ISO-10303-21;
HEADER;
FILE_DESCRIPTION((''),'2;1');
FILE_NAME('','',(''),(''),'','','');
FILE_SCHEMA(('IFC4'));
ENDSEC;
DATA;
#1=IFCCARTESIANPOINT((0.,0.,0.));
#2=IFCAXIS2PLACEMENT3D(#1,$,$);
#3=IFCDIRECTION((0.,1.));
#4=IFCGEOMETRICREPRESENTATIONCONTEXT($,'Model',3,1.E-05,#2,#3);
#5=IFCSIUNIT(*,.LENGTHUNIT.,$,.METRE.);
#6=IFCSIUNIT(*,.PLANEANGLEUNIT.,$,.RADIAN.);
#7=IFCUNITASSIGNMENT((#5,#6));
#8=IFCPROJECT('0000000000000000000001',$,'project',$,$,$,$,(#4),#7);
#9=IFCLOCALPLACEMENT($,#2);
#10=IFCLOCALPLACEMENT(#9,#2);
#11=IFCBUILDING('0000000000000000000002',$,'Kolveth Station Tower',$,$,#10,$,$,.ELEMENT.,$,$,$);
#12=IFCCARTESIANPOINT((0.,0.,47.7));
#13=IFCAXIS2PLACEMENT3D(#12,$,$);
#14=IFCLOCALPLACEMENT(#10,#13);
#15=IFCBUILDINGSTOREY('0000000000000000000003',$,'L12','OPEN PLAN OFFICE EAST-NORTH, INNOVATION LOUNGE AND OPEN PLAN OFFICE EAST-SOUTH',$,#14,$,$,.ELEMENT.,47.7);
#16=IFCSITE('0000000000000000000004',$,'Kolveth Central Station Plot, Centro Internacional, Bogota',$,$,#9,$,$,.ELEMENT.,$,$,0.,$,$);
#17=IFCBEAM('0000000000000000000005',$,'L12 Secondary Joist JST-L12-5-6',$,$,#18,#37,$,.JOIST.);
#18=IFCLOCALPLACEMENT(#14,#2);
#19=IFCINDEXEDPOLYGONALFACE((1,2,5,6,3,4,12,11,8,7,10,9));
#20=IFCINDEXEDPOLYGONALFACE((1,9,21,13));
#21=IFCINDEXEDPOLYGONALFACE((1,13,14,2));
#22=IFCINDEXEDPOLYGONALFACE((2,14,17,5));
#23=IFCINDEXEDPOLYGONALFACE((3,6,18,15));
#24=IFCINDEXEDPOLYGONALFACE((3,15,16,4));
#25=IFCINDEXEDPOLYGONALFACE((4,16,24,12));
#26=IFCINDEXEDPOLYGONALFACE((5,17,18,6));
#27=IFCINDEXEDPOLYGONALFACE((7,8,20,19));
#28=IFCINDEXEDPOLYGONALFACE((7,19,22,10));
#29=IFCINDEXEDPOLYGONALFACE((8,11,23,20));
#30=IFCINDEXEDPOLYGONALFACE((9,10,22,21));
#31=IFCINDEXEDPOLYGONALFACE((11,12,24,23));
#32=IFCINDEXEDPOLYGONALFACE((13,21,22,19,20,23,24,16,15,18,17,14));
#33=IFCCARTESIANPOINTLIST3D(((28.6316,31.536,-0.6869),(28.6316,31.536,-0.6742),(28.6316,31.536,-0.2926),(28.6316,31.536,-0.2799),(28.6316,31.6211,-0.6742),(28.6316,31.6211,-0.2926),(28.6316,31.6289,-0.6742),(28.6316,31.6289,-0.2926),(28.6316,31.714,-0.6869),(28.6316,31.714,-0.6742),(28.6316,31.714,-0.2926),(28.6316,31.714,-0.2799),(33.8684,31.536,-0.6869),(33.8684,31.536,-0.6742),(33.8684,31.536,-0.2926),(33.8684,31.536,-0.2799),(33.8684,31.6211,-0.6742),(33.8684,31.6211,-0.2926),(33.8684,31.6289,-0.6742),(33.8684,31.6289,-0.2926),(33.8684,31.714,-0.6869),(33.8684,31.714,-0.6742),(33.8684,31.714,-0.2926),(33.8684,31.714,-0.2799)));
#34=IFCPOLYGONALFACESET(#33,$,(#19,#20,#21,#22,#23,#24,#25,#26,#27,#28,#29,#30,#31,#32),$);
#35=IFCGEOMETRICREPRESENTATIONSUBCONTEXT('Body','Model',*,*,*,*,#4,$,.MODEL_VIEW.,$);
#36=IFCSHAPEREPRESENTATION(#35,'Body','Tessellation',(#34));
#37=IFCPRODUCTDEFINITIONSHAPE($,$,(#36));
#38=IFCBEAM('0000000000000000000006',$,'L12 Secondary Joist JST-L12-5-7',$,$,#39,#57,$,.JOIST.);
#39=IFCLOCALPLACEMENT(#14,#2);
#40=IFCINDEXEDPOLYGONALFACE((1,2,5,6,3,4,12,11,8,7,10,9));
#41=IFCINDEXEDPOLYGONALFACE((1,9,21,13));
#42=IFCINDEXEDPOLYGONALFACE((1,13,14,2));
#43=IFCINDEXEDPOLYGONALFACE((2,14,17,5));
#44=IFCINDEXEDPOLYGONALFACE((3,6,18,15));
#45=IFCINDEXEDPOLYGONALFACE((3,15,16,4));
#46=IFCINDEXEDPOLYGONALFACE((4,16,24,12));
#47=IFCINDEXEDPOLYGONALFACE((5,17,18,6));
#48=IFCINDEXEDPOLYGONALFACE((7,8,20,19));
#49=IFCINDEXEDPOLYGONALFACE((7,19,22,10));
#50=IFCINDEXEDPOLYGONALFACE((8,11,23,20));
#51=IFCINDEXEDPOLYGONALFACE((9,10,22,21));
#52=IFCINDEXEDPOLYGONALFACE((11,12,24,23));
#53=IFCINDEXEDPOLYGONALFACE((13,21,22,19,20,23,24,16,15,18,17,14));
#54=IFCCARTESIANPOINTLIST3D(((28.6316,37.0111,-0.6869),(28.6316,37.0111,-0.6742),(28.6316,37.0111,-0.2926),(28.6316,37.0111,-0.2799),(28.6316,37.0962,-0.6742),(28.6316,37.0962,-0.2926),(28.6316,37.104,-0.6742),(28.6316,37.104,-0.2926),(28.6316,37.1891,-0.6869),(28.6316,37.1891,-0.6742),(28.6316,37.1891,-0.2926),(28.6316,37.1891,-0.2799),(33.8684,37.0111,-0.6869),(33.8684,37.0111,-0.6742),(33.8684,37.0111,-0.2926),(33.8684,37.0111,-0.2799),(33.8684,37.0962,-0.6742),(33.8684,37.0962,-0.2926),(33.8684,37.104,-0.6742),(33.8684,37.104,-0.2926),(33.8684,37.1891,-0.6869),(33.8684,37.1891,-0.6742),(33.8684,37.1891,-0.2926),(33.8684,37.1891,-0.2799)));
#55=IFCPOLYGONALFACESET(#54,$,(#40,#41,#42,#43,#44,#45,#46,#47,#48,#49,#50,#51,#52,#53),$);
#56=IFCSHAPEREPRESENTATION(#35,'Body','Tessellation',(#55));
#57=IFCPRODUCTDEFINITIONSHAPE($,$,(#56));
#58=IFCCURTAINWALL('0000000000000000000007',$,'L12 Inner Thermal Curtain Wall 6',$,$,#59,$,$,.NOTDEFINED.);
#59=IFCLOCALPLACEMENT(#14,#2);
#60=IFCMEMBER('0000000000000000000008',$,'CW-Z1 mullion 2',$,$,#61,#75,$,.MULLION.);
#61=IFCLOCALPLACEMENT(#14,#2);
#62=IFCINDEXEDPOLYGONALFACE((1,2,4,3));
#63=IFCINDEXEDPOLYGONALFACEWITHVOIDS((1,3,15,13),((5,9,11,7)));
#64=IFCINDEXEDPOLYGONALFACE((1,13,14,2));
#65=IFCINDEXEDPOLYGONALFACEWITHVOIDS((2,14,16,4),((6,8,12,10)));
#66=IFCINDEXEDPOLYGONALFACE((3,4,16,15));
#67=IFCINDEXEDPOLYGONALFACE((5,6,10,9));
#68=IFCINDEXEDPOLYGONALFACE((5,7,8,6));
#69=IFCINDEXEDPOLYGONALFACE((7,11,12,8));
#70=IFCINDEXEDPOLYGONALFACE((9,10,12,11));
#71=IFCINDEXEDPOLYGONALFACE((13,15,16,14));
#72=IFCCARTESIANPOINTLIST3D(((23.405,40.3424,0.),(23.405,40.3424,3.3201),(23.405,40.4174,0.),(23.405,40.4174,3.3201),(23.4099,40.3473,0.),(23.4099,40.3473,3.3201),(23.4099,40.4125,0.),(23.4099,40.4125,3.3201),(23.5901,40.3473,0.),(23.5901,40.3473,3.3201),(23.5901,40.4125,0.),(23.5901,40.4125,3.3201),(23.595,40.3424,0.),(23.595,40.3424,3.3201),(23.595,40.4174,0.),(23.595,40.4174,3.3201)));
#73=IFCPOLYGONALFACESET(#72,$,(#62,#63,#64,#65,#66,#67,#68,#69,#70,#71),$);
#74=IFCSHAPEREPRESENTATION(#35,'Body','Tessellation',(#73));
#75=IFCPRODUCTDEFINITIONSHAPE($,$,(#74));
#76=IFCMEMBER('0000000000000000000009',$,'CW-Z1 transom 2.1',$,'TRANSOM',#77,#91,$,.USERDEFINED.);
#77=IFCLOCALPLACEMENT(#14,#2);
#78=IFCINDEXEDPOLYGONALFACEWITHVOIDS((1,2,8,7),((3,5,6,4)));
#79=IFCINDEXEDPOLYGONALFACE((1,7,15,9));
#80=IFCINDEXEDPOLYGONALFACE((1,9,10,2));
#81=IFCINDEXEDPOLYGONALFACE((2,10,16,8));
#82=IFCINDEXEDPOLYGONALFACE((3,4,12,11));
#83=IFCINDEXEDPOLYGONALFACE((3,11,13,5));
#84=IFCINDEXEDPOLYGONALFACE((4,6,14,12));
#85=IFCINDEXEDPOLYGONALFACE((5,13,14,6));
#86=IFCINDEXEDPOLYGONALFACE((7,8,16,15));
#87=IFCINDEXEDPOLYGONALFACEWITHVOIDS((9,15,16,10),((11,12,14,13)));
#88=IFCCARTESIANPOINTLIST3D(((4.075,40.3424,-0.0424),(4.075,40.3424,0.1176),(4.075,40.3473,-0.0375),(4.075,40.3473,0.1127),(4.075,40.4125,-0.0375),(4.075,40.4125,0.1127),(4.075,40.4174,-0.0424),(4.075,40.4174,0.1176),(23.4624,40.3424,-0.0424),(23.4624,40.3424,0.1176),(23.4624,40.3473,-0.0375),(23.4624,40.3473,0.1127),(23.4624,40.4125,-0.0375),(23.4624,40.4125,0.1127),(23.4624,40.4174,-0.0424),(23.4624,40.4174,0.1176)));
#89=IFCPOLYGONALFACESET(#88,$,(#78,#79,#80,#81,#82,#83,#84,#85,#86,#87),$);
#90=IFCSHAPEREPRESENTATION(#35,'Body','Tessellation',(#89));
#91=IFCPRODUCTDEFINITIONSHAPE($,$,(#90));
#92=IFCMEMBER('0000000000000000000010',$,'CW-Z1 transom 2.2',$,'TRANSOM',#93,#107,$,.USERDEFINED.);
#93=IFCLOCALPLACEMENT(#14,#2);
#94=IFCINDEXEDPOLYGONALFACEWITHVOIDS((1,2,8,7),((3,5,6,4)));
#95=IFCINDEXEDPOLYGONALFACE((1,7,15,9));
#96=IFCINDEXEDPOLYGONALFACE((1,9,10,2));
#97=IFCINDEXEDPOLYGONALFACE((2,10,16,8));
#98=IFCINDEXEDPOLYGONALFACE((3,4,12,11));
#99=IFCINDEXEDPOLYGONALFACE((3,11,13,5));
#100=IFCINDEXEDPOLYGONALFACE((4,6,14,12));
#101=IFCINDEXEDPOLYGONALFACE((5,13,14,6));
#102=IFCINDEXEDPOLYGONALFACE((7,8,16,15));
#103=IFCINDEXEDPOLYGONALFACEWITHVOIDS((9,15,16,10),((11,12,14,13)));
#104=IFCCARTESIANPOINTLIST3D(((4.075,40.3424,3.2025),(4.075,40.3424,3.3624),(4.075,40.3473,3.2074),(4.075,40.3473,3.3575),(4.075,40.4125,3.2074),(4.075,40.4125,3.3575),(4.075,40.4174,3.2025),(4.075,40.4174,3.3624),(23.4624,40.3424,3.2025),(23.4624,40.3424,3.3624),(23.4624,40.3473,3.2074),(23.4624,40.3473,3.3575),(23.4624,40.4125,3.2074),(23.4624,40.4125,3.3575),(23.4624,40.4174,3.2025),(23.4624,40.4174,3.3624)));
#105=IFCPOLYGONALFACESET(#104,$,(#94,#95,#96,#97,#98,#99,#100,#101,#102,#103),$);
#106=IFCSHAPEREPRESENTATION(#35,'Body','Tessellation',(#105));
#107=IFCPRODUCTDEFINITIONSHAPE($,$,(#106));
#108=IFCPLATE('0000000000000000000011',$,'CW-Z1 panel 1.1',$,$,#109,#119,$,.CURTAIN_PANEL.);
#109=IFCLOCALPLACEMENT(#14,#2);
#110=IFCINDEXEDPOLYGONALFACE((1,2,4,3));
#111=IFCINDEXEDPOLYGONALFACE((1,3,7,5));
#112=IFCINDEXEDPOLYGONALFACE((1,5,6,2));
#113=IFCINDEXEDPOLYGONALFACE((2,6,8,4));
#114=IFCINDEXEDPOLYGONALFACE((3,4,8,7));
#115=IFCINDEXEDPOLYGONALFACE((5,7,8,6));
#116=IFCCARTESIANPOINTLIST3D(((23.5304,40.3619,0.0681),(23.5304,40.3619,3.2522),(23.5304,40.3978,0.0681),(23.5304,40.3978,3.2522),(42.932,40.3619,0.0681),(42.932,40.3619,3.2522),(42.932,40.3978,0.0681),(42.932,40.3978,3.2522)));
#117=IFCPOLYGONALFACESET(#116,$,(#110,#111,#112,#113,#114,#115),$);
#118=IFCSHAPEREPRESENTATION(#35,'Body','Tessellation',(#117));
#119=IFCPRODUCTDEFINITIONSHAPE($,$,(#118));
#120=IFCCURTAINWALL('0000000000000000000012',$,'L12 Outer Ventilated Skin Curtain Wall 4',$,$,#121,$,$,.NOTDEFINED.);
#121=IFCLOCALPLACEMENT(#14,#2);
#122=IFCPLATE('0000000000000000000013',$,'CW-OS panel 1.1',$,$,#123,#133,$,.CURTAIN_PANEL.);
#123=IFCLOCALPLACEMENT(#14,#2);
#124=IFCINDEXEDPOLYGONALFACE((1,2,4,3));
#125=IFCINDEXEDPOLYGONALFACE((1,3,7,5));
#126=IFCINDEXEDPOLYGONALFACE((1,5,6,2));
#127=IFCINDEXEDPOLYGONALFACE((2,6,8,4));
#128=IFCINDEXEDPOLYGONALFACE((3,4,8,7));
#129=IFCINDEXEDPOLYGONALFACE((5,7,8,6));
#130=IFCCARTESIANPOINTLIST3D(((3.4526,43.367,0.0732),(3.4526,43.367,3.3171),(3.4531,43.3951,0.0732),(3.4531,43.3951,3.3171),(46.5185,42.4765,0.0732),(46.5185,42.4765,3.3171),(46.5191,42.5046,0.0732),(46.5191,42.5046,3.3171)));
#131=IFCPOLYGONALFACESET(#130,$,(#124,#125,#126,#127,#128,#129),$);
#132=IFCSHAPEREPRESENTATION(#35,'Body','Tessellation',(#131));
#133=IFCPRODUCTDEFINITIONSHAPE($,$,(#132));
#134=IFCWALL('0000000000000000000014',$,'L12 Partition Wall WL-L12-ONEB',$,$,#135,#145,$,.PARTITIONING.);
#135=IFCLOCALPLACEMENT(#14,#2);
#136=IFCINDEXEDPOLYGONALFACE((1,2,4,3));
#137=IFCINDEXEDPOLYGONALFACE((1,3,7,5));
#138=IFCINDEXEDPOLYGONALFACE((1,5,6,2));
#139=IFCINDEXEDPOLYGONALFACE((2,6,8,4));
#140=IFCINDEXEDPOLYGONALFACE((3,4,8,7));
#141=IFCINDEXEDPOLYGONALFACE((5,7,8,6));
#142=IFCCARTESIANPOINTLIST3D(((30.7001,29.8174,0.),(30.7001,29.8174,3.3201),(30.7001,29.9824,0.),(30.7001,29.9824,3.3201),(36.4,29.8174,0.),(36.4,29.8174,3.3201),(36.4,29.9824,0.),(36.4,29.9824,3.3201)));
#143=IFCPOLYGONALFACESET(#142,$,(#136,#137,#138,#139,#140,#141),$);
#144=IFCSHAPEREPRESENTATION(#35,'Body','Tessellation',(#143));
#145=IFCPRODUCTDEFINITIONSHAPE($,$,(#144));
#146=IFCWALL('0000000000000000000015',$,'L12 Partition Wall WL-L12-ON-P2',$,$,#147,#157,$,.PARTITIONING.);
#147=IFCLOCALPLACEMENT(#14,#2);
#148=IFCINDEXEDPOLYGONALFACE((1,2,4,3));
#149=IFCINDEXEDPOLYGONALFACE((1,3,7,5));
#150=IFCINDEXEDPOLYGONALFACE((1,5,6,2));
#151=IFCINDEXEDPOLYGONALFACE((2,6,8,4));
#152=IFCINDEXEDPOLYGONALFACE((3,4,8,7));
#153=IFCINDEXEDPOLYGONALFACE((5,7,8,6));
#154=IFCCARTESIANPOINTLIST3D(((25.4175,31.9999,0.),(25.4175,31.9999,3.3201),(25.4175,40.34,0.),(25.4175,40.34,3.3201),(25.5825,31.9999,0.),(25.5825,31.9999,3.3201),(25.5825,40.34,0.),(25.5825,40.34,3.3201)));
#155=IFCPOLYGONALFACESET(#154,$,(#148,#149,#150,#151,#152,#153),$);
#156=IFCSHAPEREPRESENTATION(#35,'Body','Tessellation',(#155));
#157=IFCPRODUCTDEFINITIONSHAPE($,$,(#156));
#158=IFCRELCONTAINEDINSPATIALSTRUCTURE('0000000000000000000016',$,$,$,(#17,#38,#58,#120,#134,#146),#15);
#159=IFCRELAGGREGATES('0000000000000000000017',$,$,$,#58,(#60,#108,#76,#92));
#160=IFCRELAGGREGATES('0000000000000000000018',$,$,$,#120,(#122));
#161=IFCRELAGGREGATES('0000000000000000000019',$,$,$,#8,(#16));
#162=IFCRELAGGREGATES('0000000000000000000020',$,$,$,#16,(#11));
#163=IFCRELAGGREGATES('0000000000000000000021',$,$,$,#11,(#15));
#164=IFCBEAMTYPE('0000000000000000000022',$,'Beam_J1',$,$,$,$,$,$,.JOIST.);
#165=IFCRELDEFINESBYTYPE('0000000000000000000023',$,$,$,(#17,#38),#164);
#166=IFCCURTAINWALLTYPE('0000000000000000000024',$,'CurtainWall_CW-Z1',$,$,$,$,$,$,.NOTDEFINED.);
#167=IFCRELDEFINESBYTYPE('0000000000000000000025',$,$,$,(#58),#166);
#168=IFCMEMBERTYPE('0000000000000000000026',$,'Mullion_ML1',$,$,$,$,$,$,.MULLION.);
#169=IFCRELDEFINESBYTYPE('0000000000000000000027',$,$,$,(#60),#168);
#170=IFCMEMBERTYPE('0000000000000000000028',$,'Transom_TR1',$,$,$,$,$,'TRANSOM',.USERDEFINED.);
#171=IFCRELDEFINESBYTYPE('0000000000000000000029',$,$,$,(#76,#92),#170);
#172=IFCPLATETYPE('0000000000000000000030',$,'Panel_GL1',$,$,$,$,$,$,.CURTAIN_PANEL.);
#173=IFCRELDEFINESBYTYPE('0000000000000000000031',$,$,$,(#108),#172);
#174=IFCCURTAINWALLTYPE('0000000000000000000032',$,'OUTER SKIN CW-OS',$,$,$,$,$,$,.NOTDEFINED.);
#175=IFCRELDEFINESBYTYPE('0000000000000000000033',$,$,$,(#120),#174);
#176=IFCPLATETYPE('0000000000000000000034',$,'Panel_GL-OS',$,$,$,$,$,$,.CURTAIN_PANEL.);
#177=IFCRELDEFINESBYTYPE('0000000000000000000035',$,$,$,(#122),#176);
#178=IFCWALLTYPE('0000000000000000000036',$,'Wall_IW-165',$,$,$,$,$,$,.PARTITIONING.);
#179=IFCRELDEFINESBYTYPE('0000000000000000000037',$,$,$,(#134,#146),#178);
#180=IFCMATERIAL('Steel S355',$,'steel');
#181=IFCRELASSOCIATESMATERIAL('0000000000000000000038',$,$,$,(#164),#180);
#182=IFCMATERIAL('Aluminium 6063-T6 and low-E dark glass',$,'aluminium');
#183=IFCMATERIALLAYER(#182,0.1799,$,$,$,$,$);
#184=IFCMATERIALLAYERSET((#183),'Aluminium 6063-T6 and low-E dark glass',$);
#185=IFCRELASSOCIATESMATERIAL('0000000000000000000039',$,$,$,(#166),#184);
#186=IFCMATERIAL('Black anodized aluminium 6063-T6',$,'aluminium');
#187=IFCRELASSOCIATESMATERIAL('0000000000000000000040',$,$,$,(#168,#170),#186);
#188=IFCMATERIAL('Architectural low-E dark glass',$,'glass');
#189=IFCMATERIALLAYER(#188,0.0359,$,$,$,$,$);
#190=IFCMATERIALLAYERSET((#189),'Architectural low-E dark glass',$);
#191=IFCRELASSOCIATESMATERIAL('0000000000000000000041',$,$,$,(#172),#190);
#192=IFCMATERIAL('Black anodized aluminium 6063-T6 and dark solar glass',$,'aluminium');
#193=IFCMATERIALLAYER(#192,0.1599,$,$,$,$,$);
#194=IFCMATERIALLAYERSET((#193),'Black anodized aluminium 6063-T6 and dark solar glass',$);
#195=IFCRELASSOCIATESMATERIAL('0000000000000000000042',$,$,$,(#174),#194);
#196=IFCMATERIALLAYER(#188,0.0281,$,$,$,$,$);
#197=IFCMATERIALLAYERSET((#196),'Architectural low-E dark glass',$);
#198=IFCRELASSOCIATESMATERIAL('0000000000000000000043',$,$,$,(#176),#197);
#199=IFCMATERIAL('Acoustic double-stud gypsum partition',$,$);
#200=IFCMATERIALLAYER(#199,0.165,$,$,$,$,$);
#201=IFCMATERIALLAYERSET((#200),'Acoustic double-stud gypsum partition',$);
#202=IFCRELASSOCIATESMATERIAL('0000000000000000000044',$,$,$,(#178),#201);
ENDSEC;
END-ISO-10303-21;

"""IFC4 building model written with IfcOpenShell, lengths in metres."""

from ifc_helpers import new_model, si_unit, direction, frame, frame_2d, origin, origin_2d, place, context, subcontext, project, spatial, rectangle, hollow_rectangle, i_section, extrude, source, transform, mapped, material, layer, layer_set, material_profile, profile_set, type_object, element, aggregate, save


model = new_model("IFC4")

# Units and contexts
model_context = context("Model", 3, precision=1e-05, world=origin(), true_north=direction((0.0, 1.0)))
body_context = subcontext(model_context, "Body", "Model", "MODEL_VIEW")
ifc_project = project(units=[si_unit("LENGTHUNIT", "METRE"), si_unit("PLANEANGLEUNIT", "RADIAN")], contexts=[model_context])

# Site, building, storey
site_placement = place(None, origin())
site = spatial("IfcSite", under=ifc_project, at=site_placement, Name="Kolveth Central Station Plot, Centro Internacional, Bogota", CompositionType="ELEMENT", RefElevation=0.0)
building_placement = place(site_placement, origin())
building = spatial("IfcBuilding", under=site, at=building_placement, Name="Kolveth Station Tower", CompositionType="ELEMENT")
storey_placement = place(building_placement, frame((0.0, 0.0, 47.7)))
storey = spatial("IfcBuildingStorey", under=building, at=storey_placement, Name="L12", Description="OPEN PLAN OFFICE EAST-NORTH, INNOVATION LOUNGE AND OPEN PLAN OFFICE EAST-SOUTH", CompositionType="ELEMENT", Elevation=47.7)

# Shared definitions
ifc_material_1 = material(Name="Steel S355", Category="steel")

# Beams
ifc_material_profile_1 = material_profile(ifc_material_1, i_section(OverallWidth=0.178, OverallDepth=0.407, WebThickness=0.0078, FlangeThickness=0.0127, at=origin_2d()), Name="W410x60")
ifc_profile_set_1 = profile_set([ifc_material_profile_1], Name="Steel S355")
beam_type_1 = type_object("IfcBeamType", Name="Beam_J1", PredefinedType="JOIST", material=ifc_profile_set_1)
shared_shape_1 = source(origin(), body_context, "Body", "SweptSolid", [
    extrude(i_section(OverallWidth=0.178, OverallDepth=0.407, WebThickness=0.0078, FlangeThickness=0.0127, at=origin_2d()), origin(), (0.0, 0.0, 1.0), 5.2368),
])
for number, where, z_axis, x_axis, name in (
    (1, (28.6316, 31.625, -0.4834), (1.0, 0.0, 0.0), (0.0, 1.0, 0.0), "L12 Secondary Joist JST-L12-5-6"),
    (2, (28.6316, 37.1001, -0.4834), (1.0, 0.0, 0.0), (0.0, 1.0, 0.0), "L12 Secondary Joist JST-L12-5-7"),
):
    element("IfcBeam", number, at=place(storey_placement, frame(where, z_axis=z_axis, x_axis=x_axis)), inside=storey, type_object=beam_type_1, Name=name, PredefinedType="JOIST", context=body_context, shape_type="MappedRepresentation", body=[
        mapped(shared_shape_1, transform((0.0, 0.0, 0.0), x_axis=(1.0, 0.0, 0.0), y_axis=(0.0, 1.0, 0.0), z_axis=(0.0, 0.0, 1.0), scale=1.0)),
    ])

# Curtain wall, members, plate
ifc_material_2 = material(Name="Aluminium 6063-T6 and low-E dark glass", Category="aluminium")
ifc_layer_1 = layer(ifc_material_2, 0.1799)
ifc_layer_set_1 = layer_set([ifc_layer_1], Name="Aluminium 6063-T6 and low-E dark glass")
curtain_wall_type_1 = type_object("IfcCurtainWallType", Name="CurtainWall_CW-Z1", PredefinedType="NOTDEFINED", material=ifc_layer_set_1)
curtain_wall_1_placement = place(storey_placement, origin())
curtain_wall_1 = element("IfcCurtainWall", 3, at=curtain_wall_1_placement, inside=storey, type_object=curtain_wall_type_1, Name="L12 Inner Thermal Curtain Wall 6", PredefinedType="NOTDEFINED")
ifc_material_3 = material(Name="Black anodized aluminium 6063-T6", Category="aluminium")
ifc_material_profile_2 = material_profile(ifc_material_3, hollow_rectangle(XDim=0.075, YDim=0.1899, WallThickness=0.0049, at=origin_2d()), Name="ALU-75x190x5")
ifc_profile_set_2 = profile_set([ifc_material_profile_2], Name="Black anodized aluminium 6063-T6")
member_type_1 = type_object("IfcMemberType", Name="Mullion_ML1", PredefinedType="MULLION", material=ifc_profile_set_2)
shared_shape_2 = source(origin(), body_context, "Body", "SweptSolid", [
    extrude(hollow_rectangle(XDim=0.075, YDim=0.1899, WallThickness=0.0049, at=origin_2d()), origin(), (0.0, 0.0, 1.0), 3.3201),
])
member_1_placement = place(storey_placement, frame((23.5, 40.3799, 0.0), z_axis=(0.0, 0.0, 1.0), x_axis=(0.0, -1.0, 0.0)))
member_1 = element("IfcMember", 4, at=member_1_placement, type_object=member_type_1, Name="CW-Z1 mullion 2", PredefinedType="MULLION", context=body_context, shape_type="MappedRepresentation", body=[
    mapped(shared_shape_2, transform((0.0, 0.0, 0.0), x_axis=(1.0, 0.0, 0.0), y_axis=(0.0, 1.0, 0.0), z_axis=(0.0, 0.0, 1.0), scale=1.0)),
])
ifc_material_profile_3 = material_profile(ifc_material_3, hollow_rectangle(XDim=0.075, YDim=0.1599, WallThickness=0.0049, at=origin_2d()), Name="ALU-75x160x5")
ifc_profile_set_3 = profile_set([ifc_material_profile_3], Name="Black anodized aluminium 6063-T6")
member_type_2 = type_object("IfcMemberType", Name="Transom_TR1", ElementType="TRANSOM", PredefinedType="USERDEFINED", material=ifc_profile_set_3)
shared_shape_3 = source(origin(), body_context, "Body", "SweptSolid", [
    extrude(hollow_rectangle(XDim=0.075, YDim=0.1599, WallThickness=0.0049, at=origin_2d()), origin(), (0.0, 0.0, 1.0), 19.3875),
])
member_2_placement = place(storey_placement, frame((23.4624, 40.3799, 0.0376), z_axis=(-1.0, 0.0, 0.0), x_axis=(0.0, -1.0, 0.0)))
member_2 = element("IfcMember", 5, at=member_2_placement, type_object=member_type_2, Name="CW-Z1 transom 2.1", ObjectType="TRANSOM", PredefinedType="USERDEFINED", context=body_context, shape_type="MappedRepresentation", body=[
    mapped(shared_shape_3, transform((0.0, 0.0, 0.0), x_axis=(1.0, 0.0, 0.0), y_axis=(0.0, 1.0, 0.0), z_axis=(0.0, 0.0, 1.0), scale=1.0)),
])
member_3_placement = place(storey_placement, frame((23.4624, 40.3799, 3.2825), z_axis=(-1.0, 0.0, 0.0), x_axis=(0.0, -1.0, 0.0)))
member_3 = element("IfcMember", 6, at=member_3_placement, type_object=member_type_2, Name="CW-Z1 transom 2.2", ObjectType="TRANSOM", PredefinedType="USERDEFINED", context=body_context, shape_type="MappedRepresentation", body=[
    mapped(shared_shape_3, transform((0.0, 0.0, 0.0), x_axis=(1.0, 0.0, 0.0), y_axis=(0.0, 1.0, 0.0), z_axis=(0.0, 0.0, 1.0), scale=1.0)),
])
ifc_material_4 = material(Name="Architectural low-E dark glass", Category="glass")
ifc_layer_2 = layer(ifc_material_4, 0.0359)
ifc_layer_set_2 = layer_set([ifc_layer_2], Name="Architectural low-E dark glass")
plate_type_1 = type_object("IfcPlateType", Name="Panel_GL1", PredefinedType="CURTAIN_PANEL", material=ifc_layer_set_2)
shared_shape_4 = source(origin(), body_context, "Body", "SweptSolid", [
    extrude(rectangle(XDim=19.4016, YDim=0.0359, at=origin_2d()), origin(), (0.0, 0.0, 1.0), 3.1841),
])
plate_1_placement = place(storey_placement, frame((33.2312, 40.3799, 0.0681), z_axis=(0.0, 0.0, 1.0), x_axis=(-1.0, 0.0, 0.0)))
plate_1 = element("IfcPlate", 7, at=plate_1_placement, type_object=plate_type_1, Name="CW-Z1 panel 1.1", PredefinedType="CURTAIN_PANEL", context=body_context, shape_type="MappedRepresentation", body=[
    mapped(shared_shape_4, transform((0.0, 0.0, 0.0), x_axis=(1.0, 0.0, 0.0), y_axis=(0.0, 1.0, 0.0), z_axis=(0.0, 0.0, 1.0), scale=1.0)),
])
aggregate(curtain_wall_1, [member_1, plate_1, member_2, member_3])

# Curtain wall, plate
ifc_material_5 = material(Name="Black anodized aluminium 6063-T6 and dark solar glass", Category="aluminium")
ifc_layer_3 = layer(ifc_material_5, 0.1599)
ifc_layer_set_3 = layer_set([ifc_layer_3], Name="Black anodized aluminium 6063-T6 and dark solar glass")
curtain_wall_type_2 = type_object("IfcCurtainWallType", Name="OUTER SKIN CW-OS", PredefinedType="NOTDEFINED", material=ifc_layer_set_3)
curtain_wall_2_placement = place(storey_placement, origin())
curtain_wall_2 = element("IfcCurtainWall", 8, at=curtain_wall_2_placement, inside=storey, type_object=curtain_wall_type_2, Name="L12 Outer Ventilated Skin Curtain Wall 4", PredefinedType="NOTDEFINED")
ifc_layer_4 = layer(ifc_material_4, 0.0281)
ifc_layer_set_4 = layer_set([ifc_layer_4], Name="Architectural low-E dark glass")
plate_type_2 = type_object("IfcPlateType", Name="Panel_GL-OS", PredefinedType="CURTAIN_PANEL", material=ifc_layer_set_4)
shared_shape_5 = source(origin(), body_context, "Body", "SweptSolid", [
    extrude(rectangle(XDim=43.0752, YDim=0.0281, at=origin_2d()), origin(), (0.0, 0.0, 1.0), 3.2439),
])
plate_2_placement = place(storey_placement, frame((24.9858, 42.9358, 0.0732), z_axis=(0.0, 0.0, 1.0), x_axis=(-0.999786, 0.020672, 0.0)))
plate_2 = element("IfcPlate", 9, at=plate_2_placement, type_object=plate_type_2, Name="CW-OS panel 1.1", PredefinedType="CURTAIN_PANEL", context=body_context, shape_type="MappedRepresentation", body=[
    mapped(shared_shape_5, transform((0.0, 0.0, 0.0), x_axis=(1.0, 0.0, 0.0), y_axis=(0.0, 1.0, 0.0), z_axis=(0.0, 0.0, 1.0), scale=1.0)),
])
aggregate(curtain_wall_2, [plate_2])

# Walls
ifc_material_6 = material(Name="Acoustic double-stud gypsum partition")
ifc_layer_5 = layer(ifc_material_6, 0.165)
ifc_layer_set_5 = layer_set([ifc_layer_5], Name="Acoustic double-stud gypsum partition")
wall_type = type_object("IfcWallType", Name="Wall_IW-165", PredefinedType="PARTITIONING", material=ifc_layer_set_5)
wall_1_placement = place(storey_placement, frame((30.7, 29.8999, 0.0), z_axis=(0.0, 0.0, 1.0), x_axis=(1.0, 0.0, 0.0)))
element("IfcWall", 10, at=wall_1_placement, inside=storey, type_object=wall_type, Name="L12 Partition Wall WL-L12-ONEB", PredefinedType="PARTITIONING", context=body_context, shape_type="SweptSolid", body=[
    extrude(rectangle(XDim=5.7, YDim=0.165, at=frame_2d((2.8501, 0.0))), origin(), (0.0, 0.0, 1.0), 3.3201),
])
wall_2_placement = place(storey_placement, frame((25.5, 32.0, 0.0), z_axis=(0.0, 0.0, 1.0), x_axis=(0.0, 1.0, 0.0)))
element("IfcWall", 11, at=wall_2_placement, inside=storey, type_object=wall_type, Name="L12 Partition Wall WL-L12-ON-P2", PredefinedType="PARTITIONING", context=body_context, shape_type="SweptSolid", body=[
    extrude(rectangle(XDim=8.3401, YDim=0.165, at=frame_2d((4.1699, 0.0))), origin(), (0.0, 0.0, 1.0), 3.3201),
])

save(model, "model.ifc")
